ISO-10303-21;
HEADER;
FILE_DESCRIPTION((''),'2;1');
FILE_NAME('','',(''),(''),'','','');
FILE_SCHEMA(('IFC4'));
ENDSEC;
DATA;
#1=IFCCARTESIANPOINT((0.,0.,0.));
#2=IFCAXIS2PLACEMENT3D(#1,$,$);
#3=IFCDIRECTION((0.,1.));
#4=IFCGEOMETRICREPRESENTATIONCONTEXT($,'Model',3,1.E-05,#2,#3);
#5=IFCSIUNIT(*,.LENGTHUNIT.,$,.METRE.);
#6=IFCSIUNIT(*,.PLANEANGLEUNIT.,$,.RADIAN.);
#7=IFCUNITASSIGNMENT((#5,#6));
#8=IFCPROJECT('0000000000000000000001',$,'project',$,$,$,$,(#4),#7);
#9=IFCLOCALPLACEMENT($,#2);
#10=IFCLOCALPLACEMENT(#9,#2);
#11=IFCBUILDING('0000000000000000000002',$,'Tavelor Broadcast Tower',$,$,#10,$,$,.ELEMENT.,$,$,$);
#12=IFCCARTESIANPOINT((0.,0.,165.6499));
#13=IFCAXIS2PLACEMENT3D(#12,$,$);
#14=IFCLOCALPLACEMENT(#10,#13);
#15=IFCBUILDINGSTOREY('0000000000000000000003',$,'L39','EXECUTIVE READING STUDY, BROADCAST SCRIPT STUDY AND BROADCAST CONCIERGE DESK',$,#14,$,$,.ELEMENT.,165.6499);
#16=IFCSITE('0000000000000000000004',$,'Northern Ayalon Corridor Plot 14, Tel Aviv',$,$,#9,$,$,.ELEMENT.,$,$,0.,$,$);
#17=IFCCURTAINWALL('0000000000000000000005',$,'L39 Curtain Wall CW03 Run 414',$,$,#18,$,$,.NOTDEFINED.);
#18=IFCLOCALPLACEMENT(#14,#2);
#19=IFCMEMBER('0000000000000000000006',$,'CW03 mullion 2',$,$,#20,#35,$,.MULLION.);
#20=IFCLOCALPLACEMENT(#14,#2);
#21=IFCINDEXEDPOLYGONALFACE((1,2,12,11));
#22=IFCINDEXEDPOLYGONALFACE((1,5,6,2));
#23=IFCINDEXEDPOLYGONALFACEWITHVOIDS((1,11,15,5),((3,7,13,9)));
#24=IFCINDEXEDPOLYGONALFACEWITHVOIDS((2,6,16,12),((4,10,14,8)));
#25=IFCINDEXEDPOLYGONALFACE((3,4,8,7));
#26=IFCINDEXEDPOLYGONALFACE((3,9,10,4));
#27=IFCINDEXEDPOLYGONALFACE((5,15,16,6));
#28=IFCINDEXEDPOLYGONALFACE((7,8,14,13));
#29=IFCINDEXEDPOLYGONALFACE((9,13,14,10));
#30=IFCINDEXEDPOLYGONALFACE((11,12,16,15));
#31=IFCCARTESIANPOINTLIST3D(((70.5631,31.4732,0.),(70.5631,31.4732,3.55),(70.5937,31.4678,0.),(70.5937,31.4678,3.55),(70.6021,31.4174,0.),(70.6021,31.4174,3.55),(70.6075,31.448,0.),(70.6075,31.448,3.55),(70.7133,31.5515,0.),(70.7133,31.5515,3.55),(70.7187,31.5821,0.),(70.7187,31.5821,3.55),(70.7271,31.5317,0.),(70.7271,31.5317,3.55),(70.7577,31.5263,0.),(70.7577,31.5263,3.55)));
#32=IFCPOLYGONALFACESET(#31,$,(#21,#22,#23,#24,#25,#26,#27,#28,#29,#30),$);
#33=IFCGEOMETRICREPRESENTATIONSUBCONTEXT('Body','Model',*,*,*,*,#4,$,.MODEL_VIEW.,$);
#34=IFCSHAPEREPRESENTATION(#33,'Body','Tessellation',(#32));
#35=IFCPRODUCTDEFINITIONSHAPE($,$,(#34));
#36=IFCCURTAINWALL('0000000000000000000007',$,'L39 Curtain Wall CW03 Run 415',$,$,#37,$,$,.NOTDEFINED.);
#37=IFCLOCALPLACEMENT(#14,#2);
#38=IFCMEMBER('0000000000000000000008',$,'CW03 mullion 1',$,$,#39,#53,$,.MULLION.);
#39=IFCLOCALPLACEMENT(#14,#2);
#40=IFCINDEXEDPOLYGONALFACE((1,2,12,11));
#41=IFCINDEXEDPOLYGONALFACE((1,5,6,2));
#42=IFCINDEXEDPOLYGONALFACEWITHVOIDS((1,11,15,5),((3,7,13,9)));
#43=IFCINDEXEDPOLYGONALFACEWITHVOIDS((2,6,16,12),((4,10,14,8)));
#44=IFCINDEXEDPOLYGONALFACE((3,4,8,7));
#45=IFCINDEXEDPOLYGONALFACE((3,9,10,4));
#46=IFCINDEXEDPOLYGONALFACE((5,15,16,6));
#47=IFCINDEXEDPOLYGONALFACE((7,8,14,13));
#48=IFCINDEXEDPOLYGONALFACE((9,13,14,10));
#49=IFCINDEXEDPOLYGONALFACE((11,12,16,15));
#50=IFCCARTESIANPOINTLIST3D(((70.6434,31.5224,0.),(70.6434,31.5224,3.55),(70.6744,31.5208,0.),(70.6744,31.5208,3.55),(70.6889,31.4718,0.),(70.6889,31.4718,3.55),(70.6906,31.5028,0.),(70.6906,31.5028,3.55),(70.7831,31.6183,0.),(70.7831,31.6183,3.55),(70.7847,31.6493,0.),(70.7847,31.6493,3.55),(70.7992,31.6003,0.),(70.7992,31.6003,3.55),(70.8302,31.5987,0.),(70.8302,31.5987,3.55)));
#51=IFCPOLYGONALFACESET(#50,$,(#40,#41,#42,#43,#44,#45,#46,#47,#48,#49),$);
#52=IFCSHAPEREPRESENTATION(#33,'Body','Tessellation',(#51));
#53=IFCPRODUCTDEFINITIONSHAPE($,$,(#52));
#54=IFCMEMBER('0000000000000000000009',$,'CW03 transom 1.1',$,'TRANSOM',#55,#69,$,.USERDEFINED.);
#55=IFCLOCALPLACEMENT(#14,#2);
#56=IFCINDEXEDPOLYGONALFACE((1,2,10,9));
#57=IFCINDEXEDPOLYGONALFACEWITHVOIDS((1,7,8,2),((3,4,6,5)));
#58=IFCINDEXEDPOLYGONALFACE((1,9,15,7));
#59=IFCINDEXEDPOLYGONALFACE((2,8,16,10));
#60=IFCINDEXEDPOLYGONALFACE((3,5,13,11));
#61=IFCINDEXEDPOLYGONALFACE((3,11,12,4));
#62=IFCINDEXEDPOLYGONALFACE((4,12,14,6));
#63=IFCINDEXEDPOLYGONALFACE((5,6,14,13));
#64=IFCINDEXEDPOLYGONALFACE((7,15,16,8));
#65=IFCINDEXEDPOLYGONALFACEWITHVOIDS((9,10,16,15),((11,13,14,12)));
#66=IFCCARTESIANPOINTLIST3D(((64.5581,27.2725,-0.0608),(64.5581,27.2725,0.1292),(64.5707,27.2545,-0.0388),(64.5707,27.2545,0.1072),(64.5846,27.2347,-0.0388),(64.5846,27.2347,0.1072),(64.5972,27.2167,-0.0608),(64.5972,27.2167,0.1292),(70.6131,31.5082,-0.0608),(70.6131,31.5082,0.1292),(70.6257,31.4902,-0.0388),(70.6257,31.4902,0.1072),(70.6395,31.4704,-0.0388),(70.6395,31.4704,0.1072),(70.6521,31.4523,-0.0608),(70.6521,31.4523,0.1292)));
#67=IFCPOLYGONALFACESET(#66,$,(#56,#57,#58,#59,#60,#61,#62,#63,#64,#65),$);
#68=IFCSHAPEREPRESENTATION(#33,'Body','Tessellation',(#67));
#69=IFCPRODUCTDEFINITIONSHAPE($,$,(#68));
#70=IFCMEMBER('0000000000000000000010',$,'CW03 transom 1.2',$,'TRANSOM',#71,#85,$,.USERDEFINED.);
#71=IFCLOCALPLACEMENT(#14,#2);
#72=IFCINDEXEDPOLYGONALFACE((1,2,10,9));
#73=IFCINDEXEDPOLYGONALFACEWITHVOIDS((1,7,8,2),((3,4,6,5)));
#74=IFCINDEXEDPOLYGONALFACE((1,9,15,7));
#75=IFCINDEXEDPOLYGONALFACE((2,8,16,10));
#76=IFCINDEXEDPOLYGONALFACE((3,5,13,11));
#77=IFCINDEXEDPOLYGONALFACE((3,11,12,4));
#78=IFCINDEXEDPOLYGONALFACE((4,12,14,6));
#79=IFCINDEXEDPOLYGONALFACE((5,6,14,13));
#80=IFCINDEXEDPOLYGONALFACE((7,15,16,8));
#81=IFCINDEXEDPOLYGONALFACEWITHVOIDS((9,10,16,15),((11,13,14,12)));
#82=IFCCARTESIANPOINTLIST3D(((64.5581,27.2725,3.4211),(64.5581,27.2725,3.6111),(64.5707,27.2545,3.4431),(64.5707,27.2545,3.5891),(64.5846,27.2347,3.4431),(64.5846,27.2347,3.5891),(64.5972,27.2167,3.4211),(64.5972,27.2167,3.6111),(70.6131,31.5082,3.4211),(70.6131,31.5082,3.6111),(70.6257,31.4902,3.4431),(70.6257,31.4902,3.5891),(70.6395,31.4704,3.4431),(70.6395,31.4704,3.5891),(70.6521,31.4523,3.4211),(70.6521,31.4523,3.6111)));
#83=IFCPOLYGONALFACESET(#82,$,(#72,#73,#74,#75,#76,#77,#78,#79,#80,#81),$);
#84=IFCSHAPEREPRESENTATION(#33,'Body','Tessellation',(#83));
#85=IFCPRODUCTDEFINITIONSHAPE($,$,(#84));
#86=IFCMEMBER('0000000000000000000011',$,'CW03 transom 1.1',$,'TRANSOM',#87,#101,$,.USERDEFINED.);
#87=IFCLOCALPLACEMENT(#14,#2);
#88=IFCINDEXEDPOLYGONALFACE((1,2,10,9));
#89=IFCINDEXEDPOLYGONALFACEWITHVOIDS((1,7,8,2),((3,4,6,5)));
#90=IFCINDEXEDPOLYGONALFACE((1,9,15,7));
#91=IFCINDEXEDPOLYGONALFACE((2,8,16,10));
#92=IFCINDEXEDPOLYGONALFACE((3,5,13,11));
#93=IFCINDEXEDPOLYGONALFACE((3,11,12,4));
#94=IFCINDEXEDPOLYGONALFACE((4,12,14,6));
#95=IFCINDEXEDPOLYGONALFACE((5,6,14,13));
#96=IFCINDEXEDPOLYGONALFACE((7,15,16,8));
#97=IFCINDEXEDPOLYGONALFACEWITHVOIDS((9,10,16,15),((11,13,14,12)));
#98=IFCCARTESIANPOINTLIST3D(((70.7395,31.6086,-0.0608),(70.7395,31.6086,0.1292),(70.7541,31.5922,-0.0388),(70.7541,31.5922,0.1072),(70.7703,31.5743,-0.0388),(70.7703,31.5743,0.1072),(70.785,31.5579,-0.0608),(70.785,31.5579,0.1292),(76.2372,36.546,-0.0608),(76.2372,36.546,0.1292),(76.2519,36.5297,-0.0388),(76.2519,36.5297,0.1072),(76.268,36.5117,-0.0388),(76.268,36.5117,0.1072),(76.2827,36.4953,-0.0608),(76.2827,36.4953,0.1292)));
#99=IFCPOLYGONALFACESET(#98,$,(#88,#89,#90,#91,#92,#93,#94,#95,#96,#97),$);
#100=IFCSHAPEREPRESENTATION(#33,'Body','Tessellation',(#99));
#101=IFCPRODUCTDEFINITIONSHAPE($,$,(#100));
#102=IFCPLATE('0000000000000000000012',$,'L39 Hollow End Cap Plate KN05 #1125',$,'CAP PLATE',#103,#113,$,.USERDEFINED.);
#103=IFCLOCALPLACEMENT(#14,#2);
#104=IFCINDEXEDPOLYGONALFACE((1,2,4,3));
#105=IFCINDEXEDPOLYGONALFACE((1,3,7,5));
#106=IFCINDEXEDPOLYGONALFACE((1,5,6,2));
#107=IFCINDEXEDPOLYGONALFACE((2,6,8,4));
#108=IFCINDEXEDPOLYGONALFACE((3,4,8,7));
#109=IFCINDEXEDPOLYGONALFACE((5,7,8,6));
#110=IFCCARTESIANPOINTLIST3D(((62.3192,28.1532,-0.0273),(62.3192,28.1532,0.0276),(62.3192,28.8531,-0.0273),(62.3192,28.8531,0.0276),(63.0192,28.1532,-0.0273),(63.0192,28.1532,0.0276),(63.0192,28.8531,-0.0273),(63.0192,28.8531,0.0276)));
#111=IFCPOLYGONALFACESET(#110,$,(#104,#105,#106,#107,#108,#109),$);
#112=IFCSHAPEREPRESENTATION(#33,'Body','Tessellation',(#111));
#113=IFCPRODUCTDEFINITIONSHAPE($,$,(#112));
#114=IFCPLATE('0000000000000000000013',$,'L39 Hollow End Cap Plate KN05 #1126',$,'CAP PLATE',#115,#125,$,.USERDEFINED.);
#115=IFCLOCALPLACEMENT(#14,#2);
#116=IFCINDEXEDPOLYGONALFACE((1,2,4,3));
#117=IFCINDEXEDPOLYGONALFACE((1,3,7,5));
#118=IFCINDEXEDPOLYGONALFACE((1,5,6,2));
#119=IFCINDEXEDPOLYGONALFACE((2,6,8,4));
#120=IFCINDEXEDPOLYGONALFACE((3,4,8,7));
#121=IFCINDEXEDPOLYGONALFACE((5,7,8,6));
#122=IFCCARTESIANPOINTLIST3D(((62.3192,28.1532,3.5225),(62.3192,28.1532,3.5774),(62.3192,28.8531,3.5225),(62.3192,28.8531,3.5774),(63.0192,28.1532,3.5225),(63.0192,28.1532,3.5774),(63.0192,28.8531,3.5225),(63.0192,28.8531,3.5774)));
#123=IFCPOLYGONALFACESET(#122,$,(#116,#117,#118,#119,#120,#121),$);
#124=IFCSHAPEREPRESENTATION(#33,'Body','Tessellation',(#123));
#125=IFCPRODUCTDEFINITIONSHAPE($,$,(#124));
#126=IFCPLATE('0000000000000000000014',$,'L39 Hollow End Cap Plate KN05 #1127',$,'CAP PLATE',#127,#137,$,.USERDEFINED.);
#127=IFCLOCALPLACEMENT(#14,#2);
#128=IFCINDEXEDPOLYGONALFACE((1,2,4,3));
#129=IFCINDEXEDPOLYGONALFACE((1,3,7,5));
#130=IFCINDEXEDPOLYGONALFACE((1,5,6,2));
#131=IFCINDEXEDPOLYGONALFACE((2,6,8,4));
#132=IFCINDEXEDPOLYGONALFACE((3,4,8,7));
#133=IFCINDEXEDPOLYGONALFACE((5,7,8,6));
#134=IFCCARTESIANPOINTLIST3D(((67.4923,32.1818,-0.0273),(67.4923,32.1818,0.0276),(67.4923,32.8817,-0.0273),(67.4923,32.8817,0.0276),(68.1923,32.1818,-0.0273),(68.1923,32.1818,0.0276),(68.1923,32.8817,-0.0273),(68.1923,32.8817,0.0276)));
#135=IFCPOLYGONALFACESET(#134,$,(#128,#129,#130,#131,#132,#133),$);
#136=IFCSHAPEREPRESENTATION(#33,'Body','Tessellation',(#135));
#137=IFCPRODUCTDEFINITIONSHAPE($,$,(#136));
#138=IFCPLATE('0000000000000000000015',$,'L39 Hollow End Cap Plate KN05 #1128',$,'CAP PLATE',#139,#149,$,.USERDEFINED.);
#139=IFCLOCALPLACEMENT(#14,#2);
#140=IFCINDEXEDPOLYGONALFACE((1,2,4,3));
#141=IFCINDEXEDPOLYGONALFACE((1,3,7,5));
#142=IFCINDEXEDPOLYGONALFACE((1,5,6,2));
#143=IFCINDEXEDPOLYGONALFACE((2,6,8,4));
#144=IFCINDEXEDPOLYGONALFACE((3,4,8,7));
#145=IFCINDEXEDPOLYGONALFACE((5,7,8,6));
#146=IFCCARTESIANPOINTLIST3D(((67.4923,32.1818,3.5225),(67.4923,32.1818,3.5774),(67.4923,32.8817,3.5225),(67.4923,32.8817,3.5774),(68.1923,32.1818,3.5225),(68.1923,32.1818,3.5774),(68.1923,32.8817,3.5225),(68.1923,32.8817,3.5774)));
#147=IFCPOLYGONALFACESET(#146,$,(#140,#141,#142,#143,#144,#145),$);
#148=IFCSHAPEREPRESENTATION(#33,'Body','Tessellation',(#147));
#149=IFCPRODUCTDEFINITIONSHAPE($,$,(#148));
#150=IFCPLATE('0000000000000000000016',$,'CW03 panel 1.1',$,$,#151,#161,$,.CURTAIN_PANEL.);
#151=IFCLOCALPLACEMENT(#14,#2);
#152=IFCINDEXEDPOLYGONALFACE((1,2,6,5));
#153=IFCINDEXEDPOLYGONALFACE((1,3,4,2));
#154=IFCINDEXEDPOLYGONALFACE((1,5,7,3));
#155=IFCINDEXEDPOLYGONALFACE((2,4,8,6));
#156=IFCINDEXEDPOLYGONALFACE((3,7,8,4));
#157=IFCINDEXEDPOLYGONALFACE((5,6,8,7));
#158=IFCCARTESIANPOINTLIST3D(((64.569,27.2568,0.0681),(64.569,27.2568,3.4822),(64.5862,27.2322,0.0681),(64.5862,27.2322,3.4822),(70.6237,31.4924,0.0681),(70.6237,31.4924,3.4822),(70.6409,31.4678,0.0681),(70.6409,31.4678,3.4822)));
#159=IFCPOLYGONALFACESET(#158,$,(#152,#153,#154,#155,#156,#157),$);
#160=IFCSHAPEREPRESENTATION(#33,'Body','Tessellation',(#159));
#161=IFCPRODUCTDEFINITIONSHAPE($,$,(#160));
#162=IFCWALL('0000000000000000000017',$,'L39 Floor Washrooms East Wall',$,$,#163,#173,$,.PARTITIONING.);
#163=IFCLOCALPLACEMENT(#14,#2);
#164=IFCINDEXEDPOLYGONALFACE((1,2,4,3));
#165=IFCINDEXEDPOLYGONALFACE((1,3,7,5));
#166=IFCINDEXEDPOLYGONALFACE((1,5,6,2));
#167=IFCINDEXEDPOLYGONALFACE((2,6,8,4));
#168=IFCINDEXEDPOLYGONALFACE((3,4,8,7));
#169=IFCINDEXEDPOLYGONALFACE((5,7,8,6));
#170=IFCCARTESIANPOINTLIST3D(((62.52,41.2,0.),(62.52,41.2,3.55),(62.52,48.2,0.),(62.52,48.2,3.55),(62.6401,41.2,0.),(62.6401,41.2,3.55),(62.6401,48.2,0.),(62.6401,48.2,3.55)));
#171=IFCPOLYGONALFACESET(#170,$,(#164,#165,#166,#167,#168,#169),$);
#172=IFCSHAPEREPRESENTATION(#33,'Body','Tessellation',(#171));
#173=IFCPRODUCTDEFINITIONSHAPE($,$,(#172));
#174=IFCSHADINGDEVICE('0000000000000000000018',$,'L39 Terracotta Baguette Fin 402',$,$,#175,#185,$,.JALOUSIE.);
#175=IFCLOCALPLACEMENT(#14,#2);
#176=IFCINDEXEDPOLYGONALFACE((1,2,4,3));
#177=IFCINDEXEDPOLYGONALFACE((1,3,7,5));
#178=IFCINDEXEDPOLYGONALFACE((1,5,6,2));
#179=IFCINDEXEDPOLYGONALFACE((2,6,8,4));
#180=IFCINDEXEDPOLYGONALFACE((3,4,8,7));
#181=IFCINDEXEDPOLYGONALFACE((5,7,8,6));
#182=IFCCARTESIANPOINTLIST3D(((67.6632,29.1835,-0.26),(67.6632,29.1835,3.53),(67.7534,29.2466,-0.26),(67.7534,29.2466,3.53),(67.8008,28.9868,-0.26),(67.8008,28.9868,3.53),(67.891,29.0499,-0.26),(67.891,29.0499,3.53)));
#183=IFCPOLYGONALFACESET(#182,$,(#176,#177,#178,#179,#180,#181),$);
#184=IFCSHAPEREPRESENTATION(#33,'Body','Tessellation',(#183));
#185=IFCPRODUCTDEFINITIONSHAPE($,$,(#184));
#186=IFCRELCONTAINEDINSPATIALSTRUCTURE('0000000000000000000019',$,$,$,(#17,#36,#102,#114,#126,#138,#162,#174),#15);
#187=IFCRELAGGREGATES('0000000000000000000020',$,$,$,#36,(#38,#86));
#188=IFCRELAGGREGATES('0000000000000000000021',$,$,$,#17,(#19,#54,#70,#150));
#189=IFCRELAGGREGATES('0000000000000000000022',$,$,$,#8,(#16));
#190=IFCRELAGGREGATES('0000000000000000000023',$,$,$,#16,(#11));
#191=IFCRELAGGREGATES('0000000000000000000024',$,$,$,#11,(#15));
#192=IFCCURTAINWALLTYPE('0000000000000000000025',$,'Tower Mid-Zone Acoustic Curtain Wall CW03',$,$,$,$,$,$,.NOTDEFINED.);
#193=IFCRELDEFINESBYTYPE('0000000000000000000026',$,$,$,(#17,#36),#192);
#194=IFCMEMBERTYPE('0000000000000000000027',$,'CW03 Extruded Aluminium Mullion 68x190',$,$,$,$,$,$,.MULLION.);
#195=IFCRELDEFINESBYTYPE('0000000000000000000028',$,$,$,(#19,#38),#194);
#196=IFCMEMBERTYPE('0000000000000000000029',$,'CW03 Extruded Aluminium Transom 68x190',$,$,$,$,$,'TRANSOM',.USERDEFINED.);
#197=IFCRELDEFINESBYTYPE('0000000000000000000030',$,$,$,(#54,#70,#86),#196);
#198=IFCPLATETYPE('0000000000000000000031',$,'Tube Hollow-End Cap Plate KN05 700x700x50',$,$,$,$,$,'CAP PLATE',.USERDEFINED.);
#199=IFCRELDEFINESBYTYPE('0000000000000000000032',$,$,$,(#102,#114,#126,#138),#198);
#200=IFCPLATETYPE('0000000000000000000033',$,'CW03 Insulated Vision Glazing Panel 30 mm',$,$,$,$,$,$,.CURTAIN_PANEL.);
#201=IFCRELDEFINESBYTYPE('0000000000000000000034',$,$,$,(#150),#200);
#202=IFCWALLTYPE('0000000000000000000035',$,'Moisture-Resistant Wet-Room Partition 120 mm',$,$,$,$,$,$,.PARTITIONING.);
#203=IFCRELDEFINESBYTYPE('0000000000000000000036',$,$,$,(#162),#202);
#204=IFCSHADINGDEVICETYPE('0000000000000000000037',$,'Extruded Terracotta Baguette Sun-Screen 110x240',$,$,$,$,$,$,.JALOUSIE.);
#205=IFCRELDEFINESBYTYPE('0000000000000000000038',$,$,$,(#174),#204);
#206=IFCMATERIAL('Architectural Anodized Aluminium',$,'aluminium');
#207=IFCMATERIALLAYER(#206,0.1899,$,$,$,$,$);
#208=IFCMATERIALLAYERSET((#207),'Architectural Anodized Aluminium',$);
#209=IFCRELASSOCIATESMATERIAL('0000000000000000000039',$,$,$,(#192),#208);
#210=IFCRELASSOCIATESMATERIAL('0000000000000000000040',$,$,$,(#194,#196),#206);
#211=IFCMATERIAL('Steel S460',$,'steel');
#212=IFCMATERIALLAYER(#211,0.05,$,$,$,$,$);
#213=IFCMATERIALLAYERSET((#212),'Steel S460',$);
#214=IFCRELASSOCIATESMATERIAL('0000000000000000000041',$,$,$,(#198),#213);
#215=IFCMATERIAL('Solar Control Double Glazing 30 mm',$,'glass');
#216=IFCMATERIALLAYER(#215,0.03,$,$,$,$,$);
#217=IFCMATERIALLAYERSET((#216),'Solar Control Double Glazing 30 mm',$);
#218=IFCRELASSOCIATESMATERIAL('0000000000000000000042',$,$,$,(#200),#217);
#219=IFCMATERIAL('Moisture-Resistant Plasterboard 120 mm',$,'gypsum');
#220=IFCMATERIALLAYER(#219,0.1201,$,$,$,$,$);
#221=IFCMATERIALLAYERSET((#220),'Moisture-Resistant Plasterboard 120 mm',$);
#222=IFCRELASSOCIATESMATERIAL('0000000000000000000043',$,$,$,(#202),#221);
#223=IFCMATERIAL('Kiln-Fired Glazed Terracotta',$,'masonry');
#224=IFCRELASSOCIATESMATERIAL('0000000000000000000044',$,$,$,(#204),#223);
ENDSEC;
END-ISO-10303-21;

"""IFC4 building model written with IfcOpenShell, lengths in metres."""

from ifc_helpers import new_model, si_unit, direction, frame, frame_2d, origin, origin_2d, place, context, subcontext, project, spatial, rectangle, hollow_rectangle, extrude, source, transform, mapped, material, layer, layer_set, material_profile, profile_set, type_object, type_shapes, element, aggregate, save


model = new_model("IFC4")

# Units and contexts
model_context = context("Model", 3, precision=1e-05, world=origin(), true_north=direction((0.0, 1.0)))
body_context = subcontext(model_context, "Body", "Model", "MODEL_VIEW")
ifc_project = project(units=[si_unit("LENGTHUNIT", "METRE"), si_unit("PLANEANGLEUNIT", "RADIAN")], contexts=[model_context])

# Site, building, storey
site_placement = place(None, origin())
site = spatial("IfcSite", under=ifc_project, at=site_placement, Name="Northern Ayalon Corridor Plot 14, Tel Aviv", CompositionType="ELEMENT", RefElevation=0.0)
building_placement = place(site_placement, origin())
building = spatial("IfcBuilding", under=site, at=building_placement, Name="Tavelor Broadcast Tower", CompositionType="ELEMENT")
storey_placement = place(building_placement, frame((0.0, 0.0, 165.6499)))
storey = spatial("IfcBuildingStorey", under=building, at=storey_placement, Name="L39", Description="EXECUTIVE READING STUDY, BROADCAST SCRIPT STUDY AND BROADCAST CONCIERGE DESK", CompositionType="ELEMENT", Elevation=165.6499)

# Shared definitions
ifc_material_1 = material(Name="Steel S460", Category="steel")

# Shared definitions
ifc_material_2 = material(Name="Architectural Anodized Aluminium", Category="aluminium")
ifc_layer_1 = layer(ifc_material_2, 0.1899)
ifc_layer_set_1 = layer_set([ifc_layer_1], Name="Architectural Anodized Aluminium")
curtain_wall_type = type_object("IfcCurtainWallType", Name="Tower Mid-Zone Acoustic Curtain Wall CW03", PredefinedType="NOTDEFINED", material=ifc_layer_set_1)
ifc_material_profile_1 = material_profile(ifc_material_2, hollow_rectangle(XDim=0.0681, YDim=0.1899, WallThickness=0.022, at=origin_2d()), Name="RHS 68x190x22")
ifc_profile_set_1 = profile_set([ifc_material_profile_1], Name="Architectural Anodized Aluminium")
member_type_1 = type_object("IfcMemberType", Name="CW03 Extruded Aluminium Mullion 68x190", PredefinedType="MULLION", material=ifc_profile_set_1)
shared_shape_1 = source(origin(), body_context, "Body", "SweptSolid", [
    extrude(hollow_rectangle(XDim=0.0681, YDim=0.1899, WallThickness=0.022, at=origin_2d()), origin(), (0.0, 0.0, 1.0), 3.55),
])
type_shapes(member_type_1, [shared_shape_1])

# Curtain wall, member
curtain_wall_1_placement = place(storey_placement, origin())
curtain_wall_1 = element("IfcCurtainWall", 1, at=curtain_wall_1_placement, inside=storey, type_object=curtain_wall_type, Name="L39 Curtain Wall CW03 Run 414", PredefinedType="NOTDEFINED")
member_1_placement = place(storey_placement, frame((70.6604, 31.4998, 0.0), z_axis=(0.0, 0.0, 1.0), x_axis=(-0.573218, 0.819403, 0.0)))
member_1 = element("IfcMember", 2, at=member_1_placement, type_object=member_type_1, Name="CW03 mullion 2", PredefinedType="MULLION", context=body_context, shape_type="MappedRepresentation", body=[
    mapped(shared_shape_1, transform((0.0, 0.0, 0.0), scale=1.0)),
])

# Curtain wall, member
curtain_wall_2_placement = place(storey_placement, origin())
curtain_wall_2 = element("IfcCurtainWall", 3, at=curtain_wall_2_placement, inside=storey, type_object=curtain_wall_type, Name="L39 Curtain Wall CW03 Run 415", PredefinedType="NOTDEFINED")
member_2_placement = place(storey_placement, frame((70.7368, 31.5605, 0.0), z_axis=(0.0, 0.0, 1.0), x_axis=(-0.668171, 0.744008, 0.0)))
member_2 = element("IfcMember", 4, at=member_2_placement, type_object=member_type_1, Name="CW03 mullion 1", PredefinedType="MULLION", context=body_context, shape_type="MappedRepresentation", body=[
    mapped(shared_shape_1, transform((0.0, 0.0, 0.0), scale=1.0)),
])

# Members
ifc_material_profile_2 = material_profile(ifc_material_2, hollow_rectangle(XDim=0.0681, YDim=0.1899, WallThickness=0.022, at=origin_2d()), Name="RHS 68x190x22")
ifc_profile_set_2 = profile_set([ifc_material_profile_2], Name="Architectural Anodized Aluminium")
member_type_2 = type_object("IfcMemberType", Name="CW03 Extruded Aluminium Transom 68x190", ElementType="TRANSOM", PredefinedType="USERDEFINED", material=ifc_profile_set_2)
shared_shape_2 = source(origin(), body_context, "Body", "SweptSolid", [
    extrude(hollow_rectangle(XDim=0.0681, YDim=0.1899, WallThickness=0.022, at=origin_2d()), origin(), (0.0, 0.0, 1.0), 7.3894),
])
type_shapes(member_type_2, [shared_shape_2])
member_3_placement = place(storey_placement, frame((64.5776, 27.2446, 0.0342), z_axis=(0.819413, 0.573203, 0.0), x_axis=(-0.573203, 0.819413, 0.0)))
member_3 = element("IfcMember", 5, at=member_3_placement, type_object=member_type_2, Name="CW03 transom 1.1", ObjectType="TRANSOM", PredefinedType="USERDEFINED", context=body_context, shape_type="MappedRepresentation", body=[
    mapped(shared_shape_2, transform((0.0, 0.0, 0.0), scale=1.0)),
])
member_4_placement = place(storey_placement, frame((64.5776, 27.2446, 3.5161), z_axis=(0.819413, 0.573203, 0.0), x_axis=(-0.573203, 0.819413, 0.0)))
member_4 = element("IfcMember", 6, at=member_4_placement, type_object=member_type_2, Name="CW03 transom 1.2", ObjectType="TRANSOM", PredefinedType="USERDEFINED", context=body_context, shape_type="MappedRepresentation", body=[
    mapped(shared_shape_2, transform((0.0, 0.0, 0.0), scale=1.0)),
])
member_5_placement = place(storey_placement, frame((70.7622, 31.5833, 0.0342), z_axis=(0.744002, 0.668178, 0.0), x_axis=(-0.668178, 0.744002, 0.0)))
member_5 = element("IfcMember", 7, at=member_5_placement, type_object=member_type_2, Name="CW03 transom 1.1", ObjectType="TRANSOM", PredefinedType="USERDEFINED", context=body_context, shape_type="MappedRepresentation", body=[
    mapped(shared_shape_2, transform((0.0, 0.0, 0.0), scale=1.0)),
])
aggregate(curtain_wall_2, [member_2, member_5])

# Plates
ifc_layer_2 = layer(ifc_material_1, 0.05)
ifc_layer_set_2 = layer_set([ifc_layer_2], Name="Steel S460")
plate_type_1 = type_object("IfcPlateType", Name="Tube Hollow-End Cap Plate KN05 700x700x50", ElementType="CAP PLATE", PredefinedType="USERDEFINED", material=ifc_layer_set_2)
shared_shape_3 = source(origin(), body_context, "Body", "SweptSolid", [
    extrude(rectangle(XDim=0.7, YDim=0.7, at=origin_2d()), origin(), (0.0, 0.0, 1.0), 0.0549),
])
type_shapes(plate_type_1, [shared_shape_3])
for number, where, z_axis, x_axis, name in (
    (8, (62.6692, 28.5032, -0.0273), (0.0, 0.0, 1.0), (1.0, 0.0, 0.0), "L39 Hollow End Cap Plate KN05 #1125"),
    (9, (62.6692, 28.5032, 3.5225), (0.0, 0.0, 1.0), (1.0, 0.0, 0.0), "L39 Hollow End Cap Plate KN05 #1126"),
    (10, (67.8423, 32.5317, -0.0273), (0.0, 0.0, 1.0), (1.0, 0.0, 0.0), "L39 Hollow End Cap Plate KN05 #1127"),
    (11, (67.8423, 32.5317, 3.5225), (0.0, 0.0, 1.0), (1.0, 0.0, 0.0), "L39 Hollow End Cap Plate KN05 #1128"),
):
    element("IfcPlate", number, at=place(storey_placement, frame(where, z_axis=z_axis, x_axis=x_axis)), inside=storey, type_object=plate_type_1, Name=name, ObjectType="CAP PLATE", PredefinedType="USERDEFINED", context=body_context, shape_type="MappedRepresentation", body=[
        mapped(shared_shape_3, transform((0.0, 0.0, 0.0), scale=1.0)),
    ])

# Plate
ifc_material_3 = material(Name="Solar Control Double Glazing 30 mm", Category="glass")
ifc_layer_3 = layer(ifc_material_3, 0.03)
ifc_layer_set_3 = layer_set([ifc_layer_3], Name="Solar Control Double Glazing 30 mm")
plate_type_2 = type_object("IfcPlateType", Name="CW03 Insulated Vision Glazing Panel 30 mm", PredefinedType="CURTAIN_PANEL", material=ifc_layer_set_3)
shared_shape_4 = source(origin(), body_context, "Body", "SweptSolid", [
    extrude(rectangle(XDim=7.3892, YDim=0.03, at=origin_2d()), origin(), (0.0, 0.0, 1.0), 3.4141),
])
type_shapes(plate_type_2, [shared_shape_4])
plate_placement = place(storey_placement, frame((67.605, 29.3623, 0.0681), z_axis=(0.0, 0.0, 1.0), x_axis=(0.819403, 0.573218, 0.0)))
plate = element("IfcPlate", 12, at=plate_placement, type_object=plate_type_2, Name="CW03 panel 1.1", PredefinedType="CURTAIN_PANEL", context=body_context, shape_type="MappedRepresentation", body=[
    mapped(shared_shape_4, transform((0.0, 0.0, 0.0), scale=1.0)),
])
aggregate(curtain_wall_1, [member_1, member_3, member_4, plate])

# Wall
ifc_material_4 = material(Name="Moisture-Resistant Plasterboard 120 mm", Category="gypsum")
ifc_layer_4 = layer(ifc_material_4, 0.1201)
ifc_layer_set_4 = layer_set([ifc_layer_4], Name="Moisture-Resistant Plasterboard 120 mm")
wall_type = type_object("IfcWallType", Name="Moisture-Resistant Wet-Room Partition 120 mm", PredefinedType="PARTITIONING", material=ifc_layer_set_4)
wall_placement = place(storey_placement, frame((62.5801, 41.2, 0.0), z_axis=(0.0, 0.0, 1.0), x_axis=(0.0, 1.0, 0.0)))
element("IfcWall", 13, at=wall_placement, inside=storey, type_object=wall_type, Name="L39 Floor Washrooms East Wall", PredefinedType="PARTITIONING", context=body_context, shape_type="SweptSolid", body=[
    extrude(rectangle(XDim=7.0, YDim=0.1201, at=frame_2d((3.5, 0.0))), origin(), (0.0, 0.0, 1.0), 3.55),
])

# Shading device
ifc_material_5 = material(Name="Kiln-Fired Glazed Terracotta", Category="masonry")
shading_device_type = type_object("IfcShadingDeviceType", Name="Extruded Terracotta Baguette Sun-Screen 110x240", PredefinedType="JALOUSIE", material=ifc_material_5)
shared_shape_5 = source(origin(), body_context, "Body", "SweptSolid", [
    extrude(rectangle(XDim=0.1101, YDim=0.24, at=origin_2d()), origin(), (0.0, 0.0, 1.0), 3.79),
])
type_shapes(shading_device_type, [shared_shape_5])
shading_device_placement = place(storey_placement, frame((67.7771, 29.1167, -0.26), z_axis=(0.0, 0.0, 1.0), x_axis=(0.819352, 0.57329, 0.0)))
element("IfcShadingDevice", 14, at=shading_device_placement, inside=storey, type_object=shading_device_type, Name="L39 Terracotta Baguette Fin 402", PredefinedType="JALOUSIE", context=body_context, shape_type="MappedRepresentation", body=[
    mapped(shared_shape_5, transform((0.0, 0.0, 0.0), scale=1.0)),
])

save(model, "model.ifc")
